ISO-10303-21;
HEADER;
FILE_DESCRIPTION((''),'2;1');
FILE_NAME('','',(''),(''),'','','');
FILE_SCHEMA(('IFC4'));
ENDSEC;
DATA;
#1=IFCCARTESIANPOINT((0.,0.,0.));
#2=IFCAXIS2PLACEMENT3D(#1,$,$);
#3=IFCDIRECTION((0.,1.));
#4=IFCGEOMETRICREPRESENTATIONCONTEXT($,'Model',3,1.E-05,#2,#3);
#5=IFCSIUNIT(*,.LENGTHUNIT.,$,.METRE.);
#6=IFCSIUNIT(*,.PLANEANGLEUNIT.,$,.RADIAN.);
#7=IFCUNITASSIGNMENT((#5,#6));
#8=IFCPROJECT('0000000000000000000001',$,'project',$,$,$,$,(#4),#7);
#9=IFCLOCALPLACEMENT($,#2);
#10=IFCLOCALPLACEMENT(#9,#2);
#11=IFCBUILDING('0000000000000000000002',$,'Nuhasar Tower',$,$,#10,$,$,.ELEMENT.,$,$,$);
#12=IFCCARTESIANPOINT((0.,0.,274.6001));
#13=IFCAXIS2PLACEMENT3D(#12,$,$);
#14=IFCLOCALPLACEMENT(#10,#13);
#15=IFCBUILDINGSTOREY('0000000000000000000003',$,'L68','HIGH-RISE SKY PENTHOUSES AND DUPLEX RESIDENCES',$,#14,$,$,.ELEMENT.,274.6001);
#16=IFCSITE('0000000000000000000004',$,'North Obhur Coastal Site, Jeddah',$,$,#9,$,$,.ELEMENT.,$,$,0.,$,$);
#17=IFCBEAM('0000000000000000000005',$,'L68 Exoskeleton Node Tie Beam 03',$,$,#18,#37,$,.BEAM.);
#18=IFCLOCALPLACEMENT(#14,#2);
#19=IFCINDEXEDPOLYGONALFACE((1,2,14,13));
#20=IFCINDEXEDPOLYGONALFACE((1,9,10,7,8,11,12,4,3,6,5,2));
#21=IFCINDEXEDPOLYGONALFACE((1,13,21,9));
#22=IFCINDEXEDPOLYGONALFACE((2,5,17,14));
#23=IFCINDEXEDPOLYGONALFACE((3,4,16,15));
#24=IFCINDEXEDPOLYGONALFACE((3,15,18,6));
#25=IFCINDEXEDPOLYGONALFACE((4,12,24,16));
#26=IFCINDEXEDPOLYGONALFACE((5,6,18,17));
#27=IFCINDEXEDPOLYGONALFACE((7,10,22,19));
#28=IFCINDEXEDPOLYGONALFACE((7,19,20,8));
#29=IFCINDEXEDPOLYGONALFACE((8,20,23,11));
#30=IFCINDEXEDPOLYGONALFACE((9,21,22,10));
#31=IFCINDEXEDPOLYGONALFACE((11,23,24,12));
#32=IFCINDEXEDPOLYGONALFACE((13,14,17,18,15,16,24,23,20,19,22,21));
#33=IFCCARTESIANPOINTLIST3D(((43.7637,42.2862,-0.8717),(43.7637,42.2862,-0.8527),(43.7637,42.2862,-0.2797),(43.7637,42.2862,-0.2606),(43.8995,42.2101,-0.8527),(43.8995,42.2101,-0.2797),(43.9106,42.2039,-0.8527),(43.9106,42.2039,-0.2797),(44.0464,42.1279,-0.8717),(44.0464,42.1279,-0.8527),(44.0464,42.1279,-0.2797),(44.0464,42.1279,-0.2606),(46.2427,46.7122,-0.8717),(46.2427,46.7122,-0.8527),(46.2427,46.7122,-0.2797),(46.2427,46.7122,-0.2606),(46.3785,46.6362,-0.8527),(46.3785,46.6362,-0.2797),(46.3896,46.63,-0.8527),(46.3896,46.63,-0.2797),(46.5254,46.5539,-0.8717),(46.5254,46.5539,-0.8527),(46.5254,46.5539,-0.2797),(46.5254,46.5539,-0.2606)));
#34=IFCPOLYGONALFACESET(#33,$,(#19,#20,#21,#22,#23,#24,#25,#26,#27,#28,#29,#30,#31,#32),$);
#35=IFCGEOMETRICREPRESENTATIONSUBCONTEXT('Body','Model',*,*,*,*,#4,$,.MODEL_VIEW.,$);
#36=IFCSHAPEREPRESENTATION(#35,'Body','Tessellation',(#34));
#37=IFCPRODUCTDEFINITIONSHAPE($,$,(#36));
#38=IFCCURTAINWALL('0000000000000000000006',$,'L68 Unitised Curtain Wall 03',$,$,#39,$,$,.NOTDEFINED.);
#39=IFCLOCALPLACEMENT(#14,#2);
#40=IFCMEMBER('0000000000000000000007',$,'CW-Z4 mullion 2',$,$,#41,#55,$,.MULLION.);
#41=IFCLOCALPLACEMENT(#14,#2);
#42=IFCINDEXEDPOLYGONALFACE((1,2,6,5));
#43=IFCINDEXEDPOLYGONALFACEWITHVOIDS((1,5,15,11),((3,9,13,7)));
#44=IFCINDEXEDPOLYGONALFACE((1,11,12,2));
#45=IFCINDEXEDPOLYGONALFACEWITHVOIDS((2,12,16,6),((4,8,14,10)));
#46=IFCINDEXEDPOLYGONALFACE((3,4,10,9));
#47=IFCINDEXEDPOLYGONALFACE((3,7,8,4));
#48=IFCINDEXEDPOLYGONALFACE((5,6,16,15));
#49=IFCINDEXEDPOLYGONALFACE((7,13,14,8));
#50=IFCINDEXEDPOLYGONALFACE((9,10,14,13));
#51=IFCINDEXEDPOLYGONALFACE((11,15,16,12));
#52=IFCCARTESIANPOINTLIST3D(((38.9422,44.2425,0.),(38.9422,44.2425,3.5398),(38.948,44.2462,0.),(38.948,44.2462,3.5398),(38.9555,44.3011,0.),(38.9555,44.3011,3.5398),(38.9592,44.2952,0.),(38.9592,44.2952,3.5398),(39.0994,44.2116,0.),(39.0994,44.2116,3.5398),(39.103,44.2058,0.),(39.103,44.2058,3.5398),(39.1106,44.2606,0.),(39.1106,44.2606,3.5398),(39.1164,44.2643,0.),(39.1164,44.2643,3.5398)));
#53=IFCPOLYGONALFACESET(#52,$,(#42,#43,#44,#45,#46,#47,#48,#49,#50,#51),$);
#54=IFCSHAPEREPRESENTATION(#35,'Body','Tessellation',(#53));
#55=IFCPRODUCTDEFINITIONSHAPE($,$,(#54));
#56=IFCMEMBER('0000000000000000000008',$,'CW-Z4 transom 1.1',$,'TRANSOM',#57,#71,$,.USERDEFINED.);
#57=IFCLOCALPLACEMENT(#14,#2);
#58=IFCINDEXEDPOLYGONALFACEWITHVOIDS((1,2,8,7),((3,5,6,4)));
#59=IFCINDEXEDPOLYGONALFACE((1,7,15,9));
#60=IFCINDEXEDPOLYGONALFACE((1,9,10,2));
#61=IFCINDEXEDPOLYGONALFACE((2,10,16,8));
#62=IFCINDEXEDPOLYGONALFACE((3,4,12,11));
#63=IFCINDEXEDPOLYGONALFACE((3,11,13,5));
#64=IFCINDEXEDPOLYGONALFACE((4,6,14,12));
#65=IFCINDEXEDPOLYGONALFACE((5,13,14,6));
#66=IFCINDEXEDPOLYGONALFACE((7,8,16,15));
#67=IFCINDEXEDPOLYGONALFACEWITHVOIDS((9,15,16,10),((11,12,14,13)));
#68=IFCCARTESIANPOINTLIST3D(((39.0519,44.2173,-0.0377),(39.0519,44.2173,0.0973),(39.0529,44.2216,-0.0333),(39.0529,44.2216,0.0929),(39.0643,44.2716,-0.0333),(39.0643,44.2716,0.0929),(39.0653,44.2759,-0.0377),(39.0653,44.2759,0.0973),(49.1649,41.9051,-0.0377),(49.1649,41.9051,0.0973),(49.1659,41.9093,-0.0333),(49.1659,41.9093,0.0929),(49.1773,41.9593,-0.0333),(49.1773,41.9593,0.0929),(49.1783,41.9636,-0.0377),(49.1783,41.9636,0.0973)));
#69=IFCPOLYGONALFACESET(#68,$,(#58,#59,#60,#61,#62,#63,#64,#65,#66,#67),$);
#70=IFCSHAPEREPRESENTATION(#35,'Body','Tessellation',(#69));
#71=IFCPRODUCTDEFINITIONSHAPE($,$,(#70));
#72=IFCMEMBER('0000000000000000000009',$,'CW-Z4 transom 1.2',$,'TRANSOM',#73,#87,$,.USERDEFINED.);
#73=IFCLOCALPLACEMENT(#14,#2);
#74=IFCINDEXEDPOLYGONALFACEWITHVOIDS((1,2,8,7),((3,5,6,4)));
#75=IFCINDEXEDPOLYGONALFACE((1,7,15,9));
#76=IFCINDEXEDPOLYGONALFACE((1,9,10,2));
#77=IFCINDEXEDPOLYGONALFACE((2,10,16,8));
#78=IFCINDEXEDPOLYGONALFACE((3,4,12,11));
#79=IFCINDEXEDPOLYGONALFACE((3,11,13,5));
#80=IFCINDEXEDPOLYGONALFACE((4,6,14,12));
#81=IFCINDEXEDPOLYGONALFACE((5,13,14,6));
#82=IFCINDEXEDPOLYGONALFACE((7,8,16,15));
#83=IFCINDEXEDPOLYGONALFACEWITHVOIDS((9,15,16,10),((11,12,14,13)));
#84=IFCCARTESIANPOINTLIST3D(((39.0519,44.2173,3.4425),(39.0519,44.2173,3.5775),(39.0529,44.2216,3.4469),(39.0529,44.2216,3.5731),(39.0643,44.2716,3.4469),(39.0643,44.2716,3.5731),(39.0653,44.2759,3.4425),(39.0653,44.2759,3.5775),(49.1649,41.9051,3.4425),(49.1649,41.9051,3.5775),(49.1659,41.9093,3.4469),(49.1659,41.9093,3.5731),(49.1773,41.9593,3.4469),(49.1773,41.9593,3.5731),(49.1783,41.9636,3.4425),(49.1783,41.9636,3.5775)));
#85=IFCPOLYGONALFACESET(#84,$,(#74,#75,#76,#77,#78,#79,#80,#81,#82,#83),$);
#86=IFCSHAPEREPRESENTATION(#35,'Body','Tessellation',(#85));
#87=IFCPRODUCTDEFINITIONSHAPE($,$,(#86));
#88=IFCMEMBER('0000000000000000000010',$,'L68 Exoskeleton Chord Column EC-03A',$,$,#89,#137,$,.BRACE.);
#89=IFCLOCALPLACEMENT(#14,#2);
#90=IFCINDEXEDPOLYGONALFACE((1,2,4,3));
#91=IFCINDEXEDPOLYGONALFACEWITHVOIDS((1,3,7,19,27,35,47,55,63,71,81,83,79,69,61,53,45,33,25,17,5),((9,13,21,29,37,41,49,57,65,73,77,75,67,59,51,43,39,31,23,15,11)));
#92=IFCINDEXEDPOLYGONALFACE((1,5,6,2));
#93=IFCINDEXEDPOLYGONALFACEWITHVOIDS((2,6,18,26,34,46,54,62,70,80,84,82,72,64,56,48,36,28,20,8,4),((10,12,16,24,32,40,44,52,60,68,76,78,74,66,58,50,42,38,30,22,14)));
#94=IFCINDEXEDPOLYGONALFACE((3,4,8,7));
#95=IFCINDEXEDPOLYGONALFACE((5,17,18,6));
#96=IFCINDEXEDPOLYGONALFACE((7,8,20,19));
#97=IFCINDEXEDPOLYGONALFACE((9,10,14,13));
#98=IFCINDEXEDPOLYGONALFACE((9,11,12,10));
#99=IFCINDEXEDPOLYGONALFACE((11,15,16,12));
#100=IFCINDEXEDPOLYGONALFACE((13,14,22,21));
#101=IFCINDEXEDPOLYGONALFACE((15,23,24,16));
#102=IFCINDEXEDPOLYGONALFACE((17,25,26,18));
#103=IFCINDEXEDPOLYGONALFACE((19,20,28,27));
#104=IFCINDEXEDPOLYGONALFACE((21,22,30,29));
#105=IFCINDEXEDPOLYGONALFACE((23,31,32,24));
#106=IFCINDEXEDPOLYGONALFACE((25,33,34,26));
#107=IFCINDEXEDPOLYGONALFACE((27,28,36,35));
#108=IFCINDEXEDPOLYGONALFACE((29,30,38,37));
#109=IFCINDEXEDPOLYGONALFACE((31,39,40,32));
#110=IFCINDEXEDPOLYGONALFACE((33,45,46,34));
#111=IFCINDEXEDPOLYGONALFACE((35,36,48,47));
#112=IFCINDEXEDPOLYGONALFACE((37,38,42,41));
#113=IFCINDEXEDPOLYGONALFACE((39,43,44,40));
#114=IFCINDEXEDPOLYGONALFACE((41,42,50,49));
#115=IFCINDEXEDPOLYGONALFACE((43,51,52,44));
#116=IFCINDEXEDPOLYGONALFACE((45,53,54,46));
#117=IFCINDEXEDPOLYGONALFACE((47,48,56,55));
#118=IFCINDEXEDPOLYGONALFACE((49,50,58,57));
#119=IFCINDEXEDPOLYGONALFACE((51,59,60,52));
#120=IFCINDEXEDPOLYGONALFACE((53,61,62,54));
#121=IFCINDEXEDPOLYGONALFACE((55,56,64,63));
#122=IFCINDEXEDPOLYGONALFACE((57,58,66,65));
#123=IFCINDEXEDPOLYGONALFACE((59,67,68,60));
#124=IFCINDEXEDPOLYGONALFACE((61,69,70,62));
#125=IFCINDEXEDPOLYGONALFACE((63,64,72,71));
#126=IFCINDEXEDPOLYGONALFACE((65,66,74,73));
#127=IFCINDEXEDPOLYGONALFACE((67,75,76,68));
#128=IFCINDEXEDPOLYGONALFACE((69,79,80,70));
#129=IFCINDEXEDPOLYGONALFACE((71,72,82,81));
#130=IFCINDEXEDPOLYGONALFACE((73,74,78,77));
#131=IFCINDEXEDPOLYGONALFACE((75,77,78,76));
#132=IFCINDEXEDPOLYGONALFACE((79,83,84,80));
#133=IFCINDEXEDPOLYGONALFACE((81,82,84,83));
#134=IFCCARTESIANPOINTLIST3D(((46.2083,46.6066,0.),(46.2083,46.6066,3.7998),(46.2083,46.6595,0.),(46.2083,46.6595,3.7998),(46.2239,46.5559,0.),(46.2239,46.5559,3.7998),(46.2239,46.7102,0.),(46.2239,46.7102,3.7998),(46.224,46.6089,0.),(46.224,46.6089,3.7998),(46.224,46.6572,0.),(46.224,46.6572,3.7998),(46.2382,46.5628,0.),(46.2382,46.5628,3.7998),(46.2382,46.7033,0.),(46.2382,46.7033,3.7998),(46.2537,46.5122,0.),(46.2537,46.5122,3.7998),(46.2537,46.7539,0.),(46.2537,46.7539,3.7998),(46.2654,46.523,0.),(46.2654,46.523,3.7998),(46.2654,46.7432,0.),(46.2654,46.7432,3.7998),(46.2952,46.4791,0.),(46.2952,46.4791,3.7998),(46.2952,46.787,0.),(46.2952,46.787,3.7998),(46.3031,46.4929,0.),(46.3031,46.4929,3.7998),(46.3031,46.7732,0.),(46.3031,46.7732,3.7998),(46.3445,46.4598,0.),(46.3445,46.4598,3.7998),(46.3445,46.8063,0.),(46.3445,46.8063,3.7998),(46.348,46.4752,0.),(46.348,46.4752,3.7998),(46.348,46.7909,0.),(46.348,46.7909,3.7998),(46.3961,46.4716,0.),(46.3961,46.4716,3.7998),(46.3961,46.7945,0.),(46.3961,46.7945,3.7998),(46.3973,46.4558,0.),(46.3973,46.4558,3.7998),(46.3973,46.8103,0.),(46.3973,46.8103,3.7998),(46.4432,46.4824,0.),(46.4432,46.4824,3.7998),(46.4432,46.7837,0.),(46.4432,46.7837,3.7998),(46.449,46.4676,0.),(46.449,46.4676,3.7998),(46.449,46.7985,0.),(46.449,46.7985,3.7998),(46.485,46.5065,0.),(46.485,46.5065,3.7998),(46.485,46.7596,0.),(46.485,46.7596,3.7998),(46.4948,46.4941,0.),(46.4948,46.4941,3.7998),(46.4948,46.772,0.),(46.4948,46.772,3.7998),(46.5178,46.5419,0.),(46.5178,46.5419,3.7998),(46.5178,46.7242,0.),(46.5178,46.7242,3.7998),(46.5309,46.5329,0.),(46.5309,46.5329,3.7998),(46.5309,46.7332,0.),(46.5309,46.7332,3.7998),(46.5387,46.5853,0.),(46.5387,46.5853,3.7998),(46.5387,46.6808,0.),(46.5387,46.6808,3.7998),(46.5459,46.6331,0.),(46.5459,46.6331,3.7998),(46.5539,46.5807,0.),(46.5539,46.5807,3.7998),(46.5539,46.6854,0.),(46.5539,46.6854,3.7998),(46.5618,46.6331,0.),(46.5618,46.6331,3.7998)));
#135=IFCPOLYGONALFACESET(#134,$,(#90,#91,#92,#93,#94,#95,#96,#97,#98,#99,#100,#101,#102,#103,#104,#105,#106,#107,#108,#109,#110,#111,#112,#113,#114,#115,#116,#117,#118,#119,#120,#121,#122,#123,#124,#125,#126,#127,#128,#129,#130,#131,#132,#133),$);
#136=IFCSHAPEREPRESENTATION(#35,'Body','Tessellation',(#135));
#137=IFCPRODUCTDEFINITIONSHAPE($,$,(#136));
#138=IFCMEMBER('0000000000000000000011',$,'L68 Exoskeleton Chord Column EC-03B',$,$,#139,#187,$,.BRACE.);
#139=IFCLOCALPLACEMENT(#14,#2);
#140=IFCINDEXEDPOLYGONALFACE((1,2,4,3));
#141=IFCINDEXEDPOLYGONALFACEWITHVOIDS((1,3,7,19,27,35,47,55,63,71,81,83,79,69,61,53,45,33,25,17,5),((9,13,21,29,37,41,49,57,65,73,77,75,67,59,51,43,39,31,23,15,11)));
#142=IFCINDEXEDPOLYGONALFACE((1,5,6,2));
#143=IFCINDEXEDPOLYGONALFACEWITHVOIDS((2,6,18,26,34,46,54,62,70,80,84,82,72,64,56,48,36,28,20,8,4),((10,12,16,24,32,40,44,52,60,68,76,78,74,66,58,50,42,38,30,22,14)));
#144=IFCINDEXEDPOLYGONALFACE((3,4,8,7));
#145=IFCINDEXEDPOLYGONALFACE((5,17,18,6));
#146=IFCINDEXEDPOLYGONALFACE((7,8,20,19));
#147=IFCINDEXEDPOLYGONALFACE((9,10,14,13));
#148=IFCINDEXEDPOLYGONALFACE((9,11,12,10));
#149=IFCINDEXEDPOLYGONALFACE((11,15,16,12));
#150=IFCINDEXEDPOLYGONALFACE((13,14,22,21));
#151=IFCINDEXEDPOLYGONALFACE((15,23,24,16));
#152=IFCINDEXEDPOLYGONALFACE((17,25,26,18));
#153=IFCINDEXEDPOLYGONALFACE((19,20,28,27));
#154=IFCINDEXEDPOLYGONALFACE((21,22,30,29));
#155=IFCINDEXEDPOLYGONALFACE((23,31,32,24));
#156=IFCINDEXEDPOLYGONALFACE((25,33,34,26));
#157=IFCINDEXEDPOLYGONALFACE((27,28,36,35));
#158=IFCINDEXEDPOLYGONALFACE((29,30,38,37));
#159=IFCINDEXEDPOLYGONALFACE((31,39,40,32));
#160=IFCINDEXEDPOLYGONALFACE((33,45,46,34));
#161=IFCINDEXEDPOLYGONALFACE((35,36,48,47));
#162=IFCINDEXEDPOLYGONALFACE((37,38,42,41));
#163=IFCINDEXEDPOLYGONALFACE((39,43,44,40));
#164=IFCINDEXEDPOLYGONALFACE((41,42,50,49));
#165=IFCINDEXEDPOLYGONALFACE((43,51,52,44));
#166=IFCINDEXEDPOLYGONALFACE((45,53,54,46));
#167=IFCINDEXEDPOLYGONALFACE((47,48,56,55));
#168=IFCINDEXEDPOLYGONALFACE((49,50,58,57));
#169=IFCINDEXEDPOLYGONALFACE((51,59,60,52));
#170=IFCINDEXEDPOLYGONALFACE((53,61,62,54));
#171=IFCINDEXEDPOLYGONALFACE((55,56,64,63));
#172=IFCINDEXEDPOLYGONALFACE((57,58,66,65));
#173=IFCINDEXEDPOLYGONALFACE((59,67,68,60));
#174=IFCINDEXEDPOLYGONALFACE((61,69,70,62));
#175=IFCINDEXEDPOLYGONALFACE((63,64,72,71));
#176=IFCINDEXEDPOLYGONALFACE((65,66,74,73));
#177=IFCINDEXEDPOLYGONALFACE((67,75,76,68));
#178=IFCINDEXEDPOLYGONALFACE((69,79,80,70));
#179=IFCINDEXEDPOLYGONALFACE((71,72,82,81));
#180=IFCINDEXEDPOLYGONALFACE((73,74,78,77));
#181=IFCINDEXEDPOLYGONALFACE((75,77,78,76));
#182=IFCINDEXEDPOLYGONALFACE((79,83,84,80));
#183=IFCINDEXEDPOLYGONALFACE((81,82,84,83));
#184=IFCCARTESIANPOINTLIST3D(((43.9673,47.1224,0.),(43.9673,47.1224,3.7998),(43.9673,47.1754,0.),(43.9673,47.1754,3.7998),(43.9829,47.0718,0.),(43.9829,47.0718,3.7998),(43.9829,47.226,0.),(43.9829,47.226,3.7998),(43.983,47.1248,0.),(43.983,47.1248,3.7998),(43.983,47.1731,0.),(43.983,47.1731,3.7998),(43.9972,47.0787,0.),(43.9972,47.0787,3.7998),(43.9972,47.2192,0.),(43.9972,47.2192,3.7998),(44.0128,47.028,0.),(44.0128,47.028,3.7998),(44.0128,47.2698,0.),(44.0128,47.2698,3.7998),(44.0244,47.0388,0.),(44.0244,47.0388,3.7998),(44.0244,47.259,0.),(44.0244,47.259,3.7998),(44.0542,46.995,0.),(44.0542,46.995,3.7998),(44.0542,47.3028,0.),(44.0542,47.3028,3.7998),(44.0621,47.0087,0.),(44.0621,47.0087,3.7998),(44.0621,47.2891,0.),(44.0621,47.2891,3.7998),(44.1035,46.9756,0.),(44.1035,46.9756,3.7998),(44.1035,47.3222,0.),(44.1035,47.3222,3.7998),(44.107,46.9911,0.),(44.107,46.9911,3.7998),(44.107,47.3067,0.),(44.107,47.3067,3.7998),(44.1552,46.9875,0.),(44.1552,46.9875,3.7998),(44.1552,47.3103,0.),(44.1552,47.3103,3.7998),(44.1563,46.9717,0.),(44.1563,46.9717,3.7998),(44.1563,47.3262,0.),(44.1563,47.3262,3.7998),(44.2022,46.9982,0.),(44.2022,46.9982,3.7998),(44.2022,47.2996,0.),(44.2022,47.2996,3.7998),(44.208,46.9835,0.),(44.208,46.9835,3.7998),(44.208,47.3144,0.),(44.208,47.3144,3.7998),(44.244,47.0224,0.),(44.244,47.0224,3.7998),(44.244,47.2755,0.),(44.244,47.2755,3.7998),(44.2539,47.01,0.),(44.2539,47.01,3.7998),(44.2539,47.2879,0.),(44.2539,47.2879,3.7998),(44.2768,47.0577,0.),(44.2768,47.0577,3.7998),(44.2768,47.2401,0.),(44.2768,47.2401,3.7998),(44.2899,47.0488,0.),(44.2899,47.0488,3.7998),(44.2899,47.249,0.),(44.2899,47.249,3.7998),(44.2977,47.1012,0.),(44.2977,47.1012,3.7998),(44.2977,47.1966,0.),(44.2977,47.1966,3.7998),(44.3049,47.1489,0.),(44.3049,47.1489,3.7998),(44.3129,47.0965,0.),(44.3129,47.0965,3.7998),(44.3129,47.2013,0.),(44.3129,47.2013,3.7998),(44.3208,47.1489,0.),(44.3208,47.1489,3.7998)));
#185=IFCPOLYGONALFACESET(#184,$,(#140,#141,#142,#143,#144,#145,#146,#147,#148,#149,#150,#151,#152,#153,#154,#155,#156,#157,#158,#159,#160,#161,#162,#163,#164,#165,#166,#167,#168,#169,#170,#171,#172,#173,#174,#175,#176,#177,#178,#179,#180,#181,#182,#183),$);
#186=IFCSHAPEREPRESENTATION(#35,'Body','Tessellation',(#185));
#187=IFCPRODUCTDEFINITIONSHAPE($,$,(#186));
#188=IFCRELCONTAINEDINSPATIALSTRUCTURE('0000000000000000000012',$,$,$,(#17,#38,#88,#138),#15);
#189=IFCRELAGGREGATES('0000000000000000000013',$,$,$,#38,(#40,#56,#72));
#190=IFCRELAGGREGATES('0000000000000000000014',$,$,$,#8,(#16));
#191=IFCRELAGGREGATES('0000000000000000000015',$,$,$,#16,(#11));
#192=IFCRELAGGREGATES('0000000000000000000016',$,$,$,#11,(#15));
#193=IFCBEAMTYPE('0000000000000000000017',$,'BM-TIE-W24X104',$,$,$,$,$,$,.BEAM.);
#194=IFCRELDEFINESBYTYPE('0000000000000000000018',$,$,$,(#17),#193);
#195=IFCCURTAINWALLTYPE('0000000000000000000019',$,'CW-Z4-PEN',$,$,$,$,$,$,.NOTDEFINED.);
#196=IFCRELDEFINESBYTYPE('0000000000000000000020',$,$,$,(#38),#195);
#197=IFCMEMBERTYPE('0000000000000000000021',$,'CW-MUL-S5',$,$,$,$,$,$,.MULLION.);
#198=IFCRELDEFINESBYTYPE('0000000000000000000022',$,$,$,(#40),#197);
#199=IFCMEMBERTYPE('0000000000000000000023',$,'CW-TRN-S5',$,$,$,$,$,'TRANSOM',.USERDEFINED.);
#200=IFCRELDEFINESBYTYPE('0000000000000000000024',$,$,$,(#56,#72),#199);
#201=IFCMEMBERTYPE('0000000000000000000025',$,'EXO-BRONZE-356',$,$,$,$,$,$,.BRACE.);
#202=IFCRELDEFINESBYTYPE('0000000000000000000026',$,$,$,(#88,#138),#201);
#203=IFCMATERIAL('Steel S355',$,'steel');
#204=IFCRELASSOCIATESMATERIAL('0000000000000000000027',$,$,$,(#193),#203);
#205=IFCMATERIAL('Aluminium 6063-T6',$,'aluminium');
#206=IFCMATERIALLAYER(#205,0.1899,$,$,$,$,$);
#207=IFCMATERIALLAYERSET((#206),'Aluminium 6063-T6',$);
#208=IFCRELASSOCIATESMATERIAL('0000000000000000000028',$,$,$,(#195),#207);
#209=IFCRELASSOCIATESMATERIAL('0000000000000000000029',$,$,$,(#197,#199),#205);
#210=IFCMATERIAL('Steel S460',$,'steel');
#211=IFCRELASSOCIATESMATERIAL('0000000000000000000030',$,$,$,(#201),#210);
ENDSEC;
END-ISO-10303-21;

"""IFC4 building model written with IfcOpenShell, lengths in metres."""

from ifc_helpers import new_model, si_unit, direction, frame, origin, origin_2d, place, context, subcontext, project, spatial, hollow_rectangle, hollow_circle, i_section, extrude, material, layer, layer_set, material_profile, profile_set, type_object, element, aggregate, save


model = new_model("IFC4")

# Units and contexts
model_context = context("Model", 3, precision=1e-05, world=origin(), true_north=direction((0.0, 1.0)))
body_context = subcontext(model_context, "Body", "Model", "MODEL_VIEW")
ifc_project = project(units=[si_unit("LENGTHUNIT", "METRE"), si_unit("PLANEANGLEUNIT", "RADIAN")], contexts=[model_context])

# Site, building, storey
site_placement = place(None, origin())
site = spatial("IfcSite", under=ifc_project, at=site_placement, Name="North Obhur Coastal Site, Jeddah", CompositionType="ELEMENT", RefElevation=0.0)
building_placement = place(site_placement, origin())
building = spatial("IfcBuilding", under=site, at=building_placement, Name="Nuhasar Tower", CompositionType="ELEMENT")
storey_placement = place(building_placement, frame((0.0, 0.0, 274.6001)))
storey = spatial("IfcBuildingStorey", under=building, at=storey_placement, Name="L68", Description="HIGH-RISE SKY PENTHOUSES AND DUPLEX RESIDENCES", CompositionType="ELEMENT", Elevation=274.6001)

# Beam
ifc_material_1 = material(Name="Steel S355", Category="steel")
ifc_material_profile_1 = material_profile(ifc_material_1, i_section(OverallWidth=0.324, OverallDepth=0.6111, WebThickness=0.0127, FlangeThickness=0.019, at=origin_2d()), Name="W24X104")
ifc_profile_set_1 = profile_set([ifc_material_profile_1], Name="Steel S355")
beam_type_1 = type_object("IfcBeamType", Name="BM-TIE-W24X104", PredefinedType="BEAM", material=ifc_profile_set_1)
beam_1_placement = place(storey_placement, frame((43.905, 42.207, -0.5662), z_axis=(0.488668, 0.87247, 0.0), x_axis=(-0.87247, 0.488668, 0.0)))
element("IfcBeam", 1, at=beam_1_placement, inside=storey, type_object=beam_type_1, Name="L68 Exoskeleton Node Tie Beam 03", PredefinedType="BEAM", context=body_context, shape_type="SweptSolid", body=[
    extrude(i_section(OverallWidth=0.324, OverallDepth=0.6111, WebThickness=0.0127, FlangeThickness=0.019, at=origin_2d()), origin(), (0.0, 0.0, 1.0), 5.073),
])

# Curtain wall, members
ifc_material_2 = material(Name="Aluminium 6063-T6", Category="aluminium")
ifc_layer_1 = layer(ifc_material_2, 0.1899)
ifc_layer_set_1 = layer_set([ifc_layer_1], Name="Aluminium 6063-T6")
curtain_wall_type = type_object("IfcCurtainWallType", Name="CW-Z4-PEN", PredefinedType="NOTDEFINED", material=ifc_layer_set_1)
curtain_wall_placement = place(storey_placement, origin())
curtain_wall = element("IfcCurtainWall", 2, at=curtain_wall_placement, inside=storey, type_object=curtain_wall_type, Name="L68 Unitised Curtain Wall 03", PredefinedType="NOTDEFINED")
ifc_material_profile_2 = material_profile(ifc_material_2, hollow_rectangle(XDim=0.0601, YDim=0.165, WallThickness=0.0049, at=origin_2d()), Name="CWM-5")
ifc_profile_set_2 = profile_set([ifc_material_profile_2], Name="Aluminium 6063-T6")
member_type_1 = type_object("IfcMemberType", Name="CW-MUL-S5", PredefinedType="MULLION", material=ifc_profile_set_2)
member_1_placement = place(storey_placement, frame((39.0293, 44.2534, 0.0), z_axis=(0.0, 0.0, 1.0), x_axis=(-0.222889, -0.974844, 0.0)))
member_1 = element("IfcMember", 3, at=member_1_placement, type_object=member_type_1, Name="CW-Z4 mullion 2", PredefinedType="MULLION", context=body_context, shape_type="SweptSolid", body=[
    extrude(hollow_rectangle(XDim=0.0601, YDim=0.165, WallThickness=0.0049, at=origin_2d()), origin(), (0.0, 0.0, 1.0), 3.5398),
])
ifc_material_profile_3 = material_profile(ifc_material_2, hollow_rectangle(XDim=0.0601, YDim=0.135, WallThickness=0.0044, at=origin_2d()), Name="CWT-5")
ifc_profile_set_3 = profile_set([ifc_material_profile_3], Name="Aluminium 6063-T6")
member_type_2 = type_object("IfcMemberType", Name="CW-TRN-S5", ElementType="TRANSOM", PredefinedType="USERDEFINED", material=ifc_profile_set_3)
member_2_placement = place(storey_placement, frame((49.1716, 41.9343, 0.0298), z_axis=(-0.974844, 0.222889, 0.0), x_axis=(-0.222889, -0.974844, 0.0)))
member_2 = element("IfcMember", 4, at=member_2_placement, type_object=member_type_2, Name="CW-Z4 transom 1.1", ObjectType="TRANSOM", PredefinedType="USERDEFINED", context=body_context, shape_type="SweptSolid", body=[
    extrude(hollow_rectangle(XDim=0.0601, YDim=0.135, WallThickness=0.0044, at=origin_2d()), origin(), (0.0, 0.0, 1.0), 10.374),
])
member_3_placement = place(storey_placement, frame((49.1716, 41.9343, 3.51), z_axis=(-0.974844, 0.222889, 0.0), x_axis=(-0.222889, -0.974844, 0.0)))
member_3 = element("IfcMember", 5, at=member_3_placement, type_object=member_type_2, Name="CW-Z4 transom 1.2", ObjectType="TRANSOM", PredefinedType="USERDEFINED", context=body_context, shape_type="SweptSolid", body=[
    extrude(hollow_rectangle(XDim=0.0601, YDim=0.135, WallThickness=0.0044, at=origin_2d()), origin(), (0.0, 0.0, 1.0), 10.374),
])

# Members
ifc_material_3 = material(Name="Steel S460", Category="steel")
ifc_material_profile_4 = material_profile(ifc_material_3, hollow_circle(Radius=0.1777, WallThickness=0.0159, at=origin_2d()), Name="HSS355.6X15.9")
ifc_profile_set_4 = profile_set([ifc_material_profile_4], Name="Steel S460")
member_type_3 = type_object("IfcMemberType", Name="EXO-BRONZE-356", PredefinedType="BRACE", material=ifc_profile_set_4)
for number, where, z_axis, x_axis, name in (
    (6, (46.384, 46.6331, 0.0), (0.0, 0.0, 1.0), (1.0, 0.0, 0.0), "L68 Exoskeleton Chord Column EC-03A"),
    (7, (44.1431, 47.1489, 0.0), (0.0, 0.0, 1.0), (1.0, 0.0, 0.0), "L68 Exoskeleton Chord Column EC-03B"),
):
    element("IfcMember", number, at=place(storey_placement, frame(where, z_axis=z_axis, x_axis=x_axis)), inside=storey, type_object=member_type_3, Name=name, PredefinedType="BRACE", context=body_context, shape_type="SweptSolid", body=[
        extrude(hollow_circle(Radius=0.1777, WallThickness=0.0159, at=origin_2d()), origin(), (0.0, 0.0, 1.0), 3.7998),
    ])

aggregate(curtain_wall, [member_1, member_2, member_3])

save(model, "model.ifc")
